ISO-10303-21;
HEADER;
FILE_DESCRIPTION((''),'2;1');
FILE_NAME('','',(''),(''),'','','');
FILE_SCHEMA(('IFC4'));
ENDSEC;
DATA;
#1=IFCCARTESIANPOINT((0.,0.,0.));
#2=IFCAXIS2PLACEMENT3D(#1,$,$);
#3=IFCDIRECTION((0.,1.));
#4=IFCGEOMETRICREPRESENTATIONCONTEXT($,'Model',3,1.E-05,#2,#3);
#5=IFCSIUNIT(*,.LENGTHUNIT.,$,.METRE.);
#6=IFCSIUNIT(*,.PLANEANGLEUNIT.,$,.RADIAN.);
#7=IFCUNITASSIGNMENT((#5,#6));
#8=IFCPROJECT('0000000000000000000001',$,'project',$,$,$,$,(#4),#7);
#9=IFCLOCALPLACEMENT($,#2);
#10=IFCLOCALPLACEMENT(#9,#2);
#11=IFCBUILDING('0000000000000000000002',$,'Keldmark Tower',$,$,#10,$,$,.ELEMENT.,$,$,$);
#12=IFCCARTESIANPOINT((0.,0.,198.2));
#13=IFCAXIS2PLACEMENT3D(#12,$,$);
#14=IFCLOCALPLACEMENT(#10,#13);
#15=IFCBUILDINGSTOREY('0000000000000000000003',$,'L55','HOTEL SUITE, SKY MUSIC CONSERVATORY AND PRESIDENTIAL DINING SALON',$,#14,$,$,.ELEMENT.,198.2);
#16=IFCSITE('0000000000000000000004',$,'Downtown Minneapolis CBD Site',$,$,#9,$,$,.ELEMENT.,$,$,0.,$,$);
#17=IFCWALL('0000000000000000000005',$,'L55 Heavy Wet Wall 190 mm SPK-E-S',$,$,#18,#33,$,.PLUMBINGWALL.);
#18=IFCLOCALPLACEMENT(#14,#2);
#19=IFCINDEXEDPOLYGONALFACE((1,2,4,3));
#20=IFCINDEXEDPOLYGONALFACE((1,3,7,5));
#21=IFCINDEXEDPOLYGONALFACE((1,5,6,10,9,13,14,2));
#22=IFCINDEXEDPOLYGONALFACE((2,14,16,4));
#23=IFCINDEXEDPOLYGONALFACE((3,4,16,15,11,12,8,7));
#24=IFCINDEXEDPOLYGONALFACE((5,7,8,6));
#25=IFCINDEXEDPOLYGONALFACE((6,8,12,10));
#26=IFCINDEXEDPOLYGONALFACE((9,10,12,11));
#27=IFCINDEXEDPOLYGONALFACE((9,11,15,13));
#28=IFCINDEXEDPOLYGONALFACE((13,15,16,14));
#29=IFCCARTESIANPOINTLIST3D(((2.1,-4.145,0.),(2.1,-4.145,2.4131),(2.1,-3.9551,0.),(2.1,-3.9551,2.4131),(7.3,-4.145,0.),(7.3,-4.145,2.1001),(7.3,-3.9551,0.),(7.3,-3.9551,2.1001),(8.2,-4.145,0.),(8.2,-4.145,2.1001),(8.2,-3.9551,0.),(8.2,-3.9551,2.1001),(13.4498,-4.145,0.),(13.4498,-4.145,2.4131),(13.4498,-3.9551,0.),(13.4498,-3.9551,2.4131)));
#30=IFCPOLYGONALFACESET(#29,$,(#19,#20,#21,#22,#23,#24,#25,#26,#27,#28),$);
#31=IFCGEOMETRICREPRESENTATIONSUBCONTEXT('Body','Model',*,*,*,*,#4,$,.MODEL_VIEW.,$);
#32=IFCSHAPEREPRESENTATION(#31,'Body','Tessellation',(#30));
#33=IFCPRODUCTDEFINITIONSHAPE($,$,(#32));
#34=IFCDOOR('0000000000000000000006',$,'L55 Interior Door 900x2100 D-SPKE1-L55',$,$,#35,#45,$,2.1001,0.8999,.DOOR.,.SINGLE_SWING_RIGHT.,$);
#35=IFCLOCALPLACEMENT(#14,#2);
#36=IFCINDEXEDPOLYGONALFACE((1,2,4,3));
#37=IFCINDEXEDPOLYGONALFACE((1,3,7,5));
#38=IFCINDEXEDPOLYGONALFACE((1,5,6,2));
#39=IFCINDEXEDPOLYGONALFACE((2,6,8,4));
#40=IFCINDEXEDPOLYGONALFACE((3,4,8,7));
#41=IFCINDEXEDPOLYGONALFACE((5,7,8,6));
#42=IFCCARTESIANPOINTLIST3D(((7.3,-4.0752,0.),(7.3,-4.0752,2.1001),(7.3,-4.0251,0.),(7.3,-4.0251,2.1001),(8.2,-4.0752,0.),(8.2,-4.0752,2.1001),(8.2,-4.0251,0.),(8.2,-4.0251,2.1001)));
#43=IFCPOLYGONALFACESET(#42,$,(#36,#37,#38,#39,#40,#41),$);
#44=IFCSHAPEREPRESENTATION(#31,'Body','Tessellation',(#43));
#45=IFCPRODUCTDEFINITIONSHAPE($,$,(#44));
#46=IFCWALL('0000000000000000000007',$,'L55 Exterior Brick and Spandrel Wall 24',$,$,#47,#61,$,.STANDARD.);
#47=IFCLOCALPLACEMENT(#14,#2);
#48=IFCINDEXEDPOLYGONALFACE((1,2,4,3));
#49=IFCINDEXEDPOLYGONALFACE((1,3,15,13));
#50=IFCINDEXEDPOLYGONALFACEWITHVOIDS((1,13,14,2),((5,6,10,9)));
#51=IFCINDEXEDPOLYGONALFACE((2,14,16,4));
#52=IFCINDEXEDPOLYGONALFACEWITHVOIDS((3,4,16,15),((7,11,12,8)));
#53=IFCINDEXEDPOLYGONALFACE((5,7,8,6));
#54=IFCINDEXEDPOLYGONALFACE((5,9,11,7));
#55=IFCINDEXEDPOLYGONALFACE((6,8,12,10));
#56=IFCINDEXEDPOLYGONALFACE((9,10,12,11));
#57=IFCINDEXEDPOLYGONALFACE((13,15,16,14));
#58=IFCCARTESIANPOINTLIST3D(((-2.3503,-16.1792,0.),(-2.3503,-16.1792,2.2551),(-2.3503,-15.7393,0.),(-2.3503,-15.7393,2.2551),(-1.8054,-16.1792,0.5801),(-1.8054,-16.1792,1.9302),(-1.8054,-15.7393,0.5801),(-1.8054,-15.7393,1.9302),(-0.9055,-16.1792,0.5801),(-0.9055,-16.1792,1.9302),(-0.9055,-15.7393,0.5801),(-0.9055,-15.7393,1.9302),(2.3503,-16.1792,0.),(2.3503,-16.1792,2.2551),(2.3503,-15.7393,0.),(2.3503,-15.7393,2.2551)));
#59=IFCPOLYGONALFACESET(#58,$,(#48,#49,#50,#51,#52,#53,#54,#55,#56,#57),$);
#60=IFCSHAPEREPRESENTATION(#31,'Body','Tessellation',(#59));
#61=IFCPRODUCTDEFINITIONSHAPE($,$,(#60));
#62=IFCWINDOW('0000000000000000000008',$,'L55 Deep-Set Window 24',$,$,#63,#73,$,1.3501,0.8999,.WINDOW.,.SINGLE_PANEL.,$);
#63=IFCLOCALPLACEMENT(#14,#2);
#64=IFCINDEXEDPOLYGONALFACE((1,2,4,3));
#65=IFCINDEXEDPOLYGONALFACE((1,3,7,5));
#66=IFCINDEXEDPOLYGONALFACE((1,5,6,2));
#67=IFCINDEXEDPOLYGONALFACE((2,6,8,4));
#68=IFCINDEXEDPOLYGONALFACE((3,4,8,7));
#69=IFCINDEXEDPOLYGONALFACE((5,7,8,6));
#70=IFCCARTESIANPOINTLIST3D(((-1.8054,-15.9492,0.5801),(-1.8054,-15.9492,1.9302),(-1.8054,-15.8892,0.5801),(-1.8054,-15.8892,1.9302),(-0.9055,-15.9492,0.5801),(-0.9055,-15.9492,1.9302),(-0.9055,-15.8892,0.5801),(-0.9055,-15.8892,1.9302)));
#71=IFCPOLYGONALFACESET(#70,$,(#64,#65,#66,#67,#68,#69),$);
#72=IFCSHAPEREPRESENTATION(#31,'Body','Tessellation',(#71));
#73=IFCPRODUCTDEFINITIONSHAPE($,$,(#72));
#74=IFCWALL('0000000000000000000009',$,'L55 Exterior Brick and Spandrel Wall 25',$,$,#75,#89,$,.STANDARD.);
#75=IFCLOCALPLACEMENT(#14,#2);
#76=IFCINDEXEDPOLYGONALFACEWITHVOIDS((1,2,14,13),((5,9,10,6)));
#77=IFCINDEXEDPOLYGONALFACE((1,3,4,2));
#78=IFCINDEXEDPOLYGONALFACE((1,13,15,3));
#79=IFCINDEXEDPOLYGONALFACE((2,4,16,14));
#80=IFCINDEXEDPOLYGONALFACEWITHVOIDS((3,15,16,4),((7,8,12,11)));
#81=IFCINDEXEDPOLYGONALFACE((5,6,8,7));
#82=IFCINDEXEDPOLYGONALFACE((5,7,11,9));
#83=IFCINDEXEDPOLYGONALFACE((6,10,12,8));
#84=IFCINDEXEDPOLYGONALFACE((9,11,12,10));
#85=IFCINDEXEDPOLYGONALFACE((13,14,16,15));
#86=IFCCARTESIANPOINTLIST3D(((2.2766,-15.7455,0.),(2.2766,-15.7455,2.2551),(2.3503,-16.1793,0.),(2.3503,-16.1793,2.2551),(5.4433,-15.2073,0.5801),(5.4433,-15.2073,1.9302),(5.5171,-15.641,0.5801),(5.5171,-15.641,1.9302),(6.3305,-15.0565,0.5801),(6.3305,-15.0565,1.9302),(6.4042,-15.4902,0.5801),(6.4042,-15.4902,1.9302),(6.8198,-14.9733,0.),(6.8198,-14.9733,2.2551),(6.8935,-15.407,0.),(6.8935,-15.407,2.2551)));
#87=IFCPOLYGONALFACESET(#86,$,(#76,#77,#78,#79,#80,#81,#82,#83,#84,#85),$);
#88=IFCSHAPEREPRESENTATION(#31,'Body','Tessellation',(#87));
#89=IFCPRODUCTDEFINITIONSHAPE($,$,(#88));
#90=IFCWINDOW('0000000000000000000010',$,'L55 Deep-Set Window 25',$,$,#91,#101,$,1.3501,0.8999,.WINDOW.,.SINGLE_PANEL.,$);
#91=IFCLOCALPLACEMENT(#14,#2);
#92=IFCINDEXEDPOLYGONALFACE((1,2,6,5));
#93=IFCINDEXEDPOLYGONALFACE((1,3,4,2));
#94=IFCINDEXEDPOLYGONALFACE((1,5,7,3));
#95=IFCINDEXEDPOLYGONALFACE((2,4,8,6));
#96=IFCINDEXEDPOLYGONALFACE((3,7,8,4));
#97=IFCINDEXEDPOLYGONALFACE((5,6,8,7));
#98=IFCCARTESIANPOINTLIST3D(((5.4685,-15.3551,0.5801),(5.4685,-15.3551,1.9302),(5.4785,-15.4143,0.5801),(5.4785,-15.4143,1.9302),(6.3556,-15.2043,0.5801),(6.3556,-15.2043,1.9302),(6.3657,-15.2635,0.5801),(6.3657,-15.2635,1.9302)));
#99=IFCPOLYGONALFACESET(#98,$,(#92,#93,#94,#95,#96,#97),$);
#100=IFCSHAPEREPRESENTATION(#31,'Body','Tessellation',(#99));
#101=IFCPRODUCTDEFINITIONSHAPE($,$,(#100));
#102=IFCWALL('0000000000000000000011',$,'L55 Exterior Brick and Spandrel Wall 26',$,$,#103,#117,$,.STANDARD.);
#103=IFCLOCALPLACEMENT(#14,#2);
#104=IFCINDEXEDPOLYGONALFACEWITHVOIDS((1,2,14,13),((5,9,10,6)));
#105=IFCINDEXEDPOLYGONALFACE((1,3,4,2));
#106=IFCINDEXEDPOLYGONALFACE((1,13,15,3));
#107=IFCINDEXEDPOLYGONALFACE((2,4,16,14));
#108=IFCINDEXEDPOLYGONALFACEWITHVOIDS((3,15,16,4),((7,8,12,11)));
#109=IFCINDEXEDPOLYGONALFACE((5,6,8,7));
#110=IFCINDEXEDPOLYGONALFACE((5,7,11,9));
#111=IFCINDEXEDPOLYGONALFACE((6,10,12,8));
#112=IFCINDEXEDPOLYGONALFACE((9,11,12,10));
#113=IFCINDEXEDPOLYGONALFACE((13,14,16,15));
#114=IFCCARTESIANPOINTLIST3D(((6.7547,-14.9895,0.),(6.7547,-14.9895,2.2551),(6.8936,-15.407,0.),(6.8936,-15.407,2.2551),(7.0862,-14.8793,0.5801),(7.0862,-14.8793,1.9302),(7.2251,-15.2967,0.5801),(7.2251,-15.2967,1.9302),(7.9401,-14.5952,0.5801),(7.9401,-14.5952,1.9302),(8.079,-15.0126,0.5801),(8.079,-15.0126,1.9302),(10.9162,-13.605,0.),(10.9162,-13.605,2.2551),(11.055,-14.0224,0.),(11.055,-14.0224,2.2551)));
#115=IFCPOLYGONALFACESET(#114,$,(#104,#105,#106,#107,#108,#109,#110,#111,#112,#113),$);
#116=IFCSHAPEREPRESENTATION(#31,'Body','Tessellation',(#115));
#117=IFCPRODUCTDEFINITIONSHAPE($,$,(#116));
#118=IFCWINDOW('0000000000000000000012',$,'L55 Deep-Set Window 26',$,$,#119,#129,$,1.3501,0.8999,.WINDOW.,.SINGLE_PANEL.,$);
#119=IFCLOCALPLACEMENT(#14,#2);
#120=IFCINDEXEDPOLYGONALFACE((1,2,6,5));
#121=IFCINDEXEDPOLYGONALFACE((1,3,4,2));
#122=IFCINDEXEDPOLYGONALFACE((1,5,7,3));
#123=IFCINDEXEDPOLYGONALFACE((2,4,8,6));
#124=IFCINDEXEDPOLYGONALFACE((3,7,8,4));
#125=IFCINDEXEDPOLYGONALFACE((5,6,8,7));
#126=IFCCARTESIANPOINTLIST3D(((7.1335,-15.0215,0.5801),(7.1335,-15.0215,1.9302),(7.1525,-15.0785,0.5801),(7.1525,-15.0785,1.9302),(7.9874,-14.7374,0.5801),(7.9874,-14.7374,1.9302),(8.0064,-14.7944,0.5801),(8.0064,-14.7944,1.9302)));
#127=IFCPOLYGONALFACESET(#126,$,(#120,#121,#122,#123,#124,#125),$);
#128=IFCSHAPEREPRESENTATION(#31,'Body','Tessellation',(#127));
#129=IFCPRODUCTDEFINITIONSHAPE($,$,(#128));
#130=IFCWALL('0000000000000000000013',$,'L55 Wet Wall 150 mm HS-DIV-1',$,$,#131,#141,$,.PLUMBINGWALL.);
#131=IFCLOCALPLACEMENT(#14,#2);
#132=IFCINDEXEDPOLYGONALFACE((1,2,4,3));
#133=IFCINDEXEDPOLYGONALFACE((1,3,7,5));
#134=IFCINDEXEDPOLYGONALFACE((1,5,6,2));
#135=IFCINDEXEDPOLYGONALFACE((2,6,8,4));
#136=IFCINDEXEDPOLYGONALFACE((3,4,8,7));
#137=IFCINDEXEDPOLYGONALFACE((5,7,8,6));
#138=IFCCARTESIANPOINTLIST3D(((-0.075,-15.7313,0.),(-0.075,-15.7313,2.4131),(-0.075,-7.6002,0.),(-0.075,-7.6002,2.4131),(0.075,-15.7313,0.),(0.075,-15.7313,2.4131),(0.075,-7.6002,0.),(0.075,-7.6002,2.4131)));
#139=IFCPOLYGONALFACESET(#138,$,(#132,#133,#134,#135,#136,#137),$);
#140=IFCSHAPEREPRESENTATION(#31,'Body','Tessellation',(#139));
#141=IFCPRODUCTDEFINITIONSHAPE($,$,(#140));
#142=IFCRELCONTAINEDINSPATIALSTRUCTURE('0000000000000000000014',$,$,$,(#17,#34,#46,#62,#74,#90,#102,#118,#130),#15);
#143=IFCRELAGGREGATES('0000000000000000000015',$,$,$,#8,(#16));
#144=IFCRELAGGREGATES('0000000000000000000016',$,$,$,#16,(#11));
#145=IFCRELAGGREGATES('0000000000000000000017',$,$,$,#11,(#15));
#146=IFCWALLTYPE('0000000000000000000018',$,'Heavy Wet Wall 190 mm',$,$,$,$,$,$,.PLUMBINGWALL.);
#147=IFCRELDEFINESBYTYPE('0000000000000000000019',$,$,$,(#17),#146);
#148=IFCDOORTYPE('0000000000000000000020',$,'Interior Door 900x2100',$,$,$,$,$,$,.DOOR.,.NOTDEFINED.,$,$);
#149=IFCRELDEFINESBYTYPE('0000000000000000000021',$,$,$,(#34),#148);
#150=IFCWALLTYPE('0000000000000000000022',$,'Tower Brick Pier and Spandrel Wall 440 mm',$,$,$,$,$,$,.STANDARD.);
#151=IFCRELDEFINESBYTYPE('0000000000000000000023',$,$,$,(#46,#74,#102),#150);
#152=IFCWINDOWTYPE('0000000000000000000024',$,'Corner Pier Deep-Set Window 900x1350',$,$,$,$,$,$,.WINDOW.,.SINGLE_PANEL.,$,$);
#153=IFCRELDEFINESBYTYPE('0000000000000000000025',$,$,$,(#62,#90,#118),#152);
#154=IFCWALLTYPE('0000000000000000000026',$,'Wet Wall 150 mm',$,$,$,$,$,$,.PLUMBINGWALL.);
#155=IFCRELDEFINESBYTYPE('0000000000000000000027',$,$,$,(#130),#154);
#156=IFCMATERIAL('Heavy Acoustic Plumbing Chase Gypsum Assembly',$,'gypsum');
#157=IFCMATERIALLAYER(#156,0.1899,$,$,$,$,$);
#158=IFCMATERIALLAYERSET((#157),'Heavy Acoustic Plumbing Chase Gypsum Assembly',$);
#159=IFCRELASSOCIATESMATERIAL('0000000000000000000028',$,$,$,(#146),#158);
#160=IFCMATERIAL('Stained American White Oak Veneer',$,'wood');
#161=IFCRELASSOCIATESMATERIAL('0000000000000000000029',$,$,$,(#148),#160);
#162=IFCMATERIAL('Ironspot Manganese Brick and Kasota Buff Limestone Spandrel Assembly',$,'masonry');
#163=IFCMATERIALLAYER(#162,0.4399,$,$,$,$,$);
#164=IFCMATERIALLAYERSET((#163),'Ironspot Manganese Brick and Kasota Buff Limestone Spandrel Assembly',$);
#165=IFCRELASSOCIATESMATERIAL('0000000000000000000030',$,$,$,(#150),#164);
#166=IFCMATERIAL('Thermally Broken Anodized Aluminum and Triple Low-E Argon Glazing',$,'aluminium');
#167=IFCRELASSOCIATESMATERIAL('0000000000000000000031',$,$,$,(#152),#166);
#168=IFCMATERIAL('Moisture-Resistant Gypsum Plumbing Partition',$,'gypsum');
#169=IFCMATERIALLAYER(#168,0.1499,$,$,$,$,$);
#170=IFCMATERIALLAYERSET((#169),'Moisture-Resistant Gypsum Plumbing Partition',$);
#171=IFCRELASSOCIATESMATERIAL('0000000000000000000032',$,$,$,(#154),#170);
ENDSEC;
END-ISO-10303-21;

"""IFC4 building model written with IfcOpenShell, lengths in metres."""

from ifc_helpers import new_model, si_unit, direction, frame, frame_2d, origin, place, context, subcontext, project, spatial, rectangle, extrude, material, layer, layer_set, type_object, element, fill, save


model = new_model("IFC4")

# Units and contexts
model_context = context("Model", 3, precision=1e-05, world=origin(), true_north=direction((0.0, 1.0)))
body_context = subcontext(model_context, "Body", "Model", "MODEL_VIEW")
ifc_project = project(units=[si_unit("LENGTHUNIT", "METRE"), si_unit("PLANEANGLEUNIT", "RADIAN")], contexts=[model_context])

# Site, building, storey
site_placement = place(None, origin())
site = spatial("IfcSite", under=ifc_project, at=site_placement, Name="Downtown Minneapolis CBD Site", CompositionType="ELEMENT", RefElevation=0.0)
building_placement = place(site_placement, origin())
building = spatial("IfcBuilding", under=site, at=building_placement, Name="Keldmark Tower", CompositionType="ELEMENT")
storey_placement = place(building_placement, frame((0.0, 0.0, 198.2)))
storey = spatial("IfcBuildingStorey", under=building, at=storey_placement, Name="L55", Description="HOTEL SUITE, SKY MUSIC CONSERVATORY AND PRESIDENTIAL DINING SALON", CompositionType="ELEMENT", Elevation=198.2)

# Wall, opening, door
ifc_material_1 = material(Name="Heavy Acoustic Plumbing Chase Gypsum Assembly", Category="gypsum")
ifc_layer_1 = layer(ifc_material_1, 0.1899)
ifc_layer_set_1 = layer_set([ifc_layer_1], Name="Heavy Acoustic Plumbing Chase Gypsum Assembly")
wall_type_1 = type_object("IfcWallType", Name="Heavy Wet Wall 190 mm", PredefinedType="PLUMBINGWALL", material=ifc_layer_set_1)
wall_1_placement = place(storey_placement, frame((2.1001, -4.05, 0.0), z_axis=(0.0, 0.0, 1.0), x_axis=(1.0, 0.0, 0.0)))
wall_1 = element("IfcWall", 1, at=wall_1_placement, inside=storey, type_object=wall_type_1, Name="L55 Heavy Wet Wall 190 mm SPK-E-S", PredefinedType="PLUMBINGWALL", context=body_context, shape_type="SweptSolid", body=[
    extrude(rectangle(XDim=11.3499, YDim=0.1899, at=frame_2d((5.6748, 0.0))), origin(), (0.0, 0.0, 1.0), 2.4131),
])
opening_1_placement = place(wall_1_placement, frame((5.2, 0.0, 0.0)))
opening_1 = element("IfcOpeningElement", 2, at=opening_1_placement, cuts=wall_1, PredefinedType="OPENING", context=body_context, shape_type="SweptSolid", body=[
    extrude(rectangle(XDim=0.8999, YDim=2.1001, at=frame_2d((0.45, 1.05))), frame((0.0, 0.105, 0.0), z_axis=(0.0, -1.0, 0.0), x_axis=(1.0, 0.0, 0.0)), (0.0, 0.0, 1.0), 0.21),
])
ifc_material_2 = material(Name="Stained American White Oak Veneer", Category="wood")
door_type_1 = type_object("IfcDoorType", Name="Interior Door 900x2100", OperationType="NOTDEFINED", PredefinedType="DOOR", material=ifc_material_2)
door_1_placement = place(opening_1_placement, origin())
door_1 = element("IfcDoor", 3, at=door_1_placement, inside=storey, type_object=door_type_1, Name="L55 Interior Door 900x2100 D-SPKE1-L55", OperationType="SINGLE_SWING_RIGHT", OverallHeight=2.1001, OverallWidth=0.8999, PredefinedType="DOOR", context=body_context, shape_type="SweptSolid", body=[
    extrude(rectangle(XDim=0.8999, YDim=2.1001, at=frame_2d((0.45, 1.05))), frame((0.0, 0.0249, 0.0), z_axis=(0.0, -1.0, 0.0), x_axis=(1.0, 0.0, 0.0)), (0.0, 0.0, 1.0), 0.05),
])
fill(opening_1, door_1)

# Walls, openings, windows
ifc_material_3 = material(Name="Ironspot Manganese Brick and Kasota Buff Limestone Spandrel Assembly", Category="masonry")
ifc_layer_2 = layer(ifc_material_3, 0.4399)
ifc_layer_set_2 = layer_set([ifc_layer_2], Name="Ironspot Manganese Brick and Kasota Buff Limestone Spandrel Assembly")
wall_type_2 = type_object("IfcWallType", Name="Tower Brick Pier and Spandrel Wall 440 mm", PredefinedType="STANDARD", material=ifc_layer_set_2)
wall_2_placement = place(storey_placement, frame((2.3503, -15.9592, 0.0), z_axis=(0.0, 0.0, 1.0), x_axis=(-1.0, 0.0, 0.0)))
wall_2 = element("IfcWall", 4, at=wall_2_placement, inside=storey, type_object=wall_type_2, Name="L55 Exterior Brick and Spandrel Wall 24", PredefinedType="STANDARD", context=body_context, shape_type="SweptSolid", body=[
    extrude(rectangle(XDim=4.7007, YDim=0.4399, at=frame_2d((2.3503, 0.0))), origin(), (0.0, 0.0, 1.0), 2.2551),
])
opening_2_placement = place(wall_2_placement, frame((3.2559, 0.0, 0.5801)))
opening_2 = element("IfcOpeningElement", 5, at=opening_2_placement, cuts=wall_2, PredefinedType="OPENING", context=body_context, shape_type="SweptSolid", body=[
    extrude(rectangle(XDim=0.8999, YDim=1.3501, at=frame_2d((0.45, 0.675))), frame((0.0, 0.23, 0.0), z_axis=(0.0, -1.0, 0.0), x_axis=(1.0, 0.0, 0.0)), (0.0, 0.0, 1.0), 0.46),
])
ifc_material_4 = material(Name="Thermally Broken Anodized Aluminum and Triple Low-E Argon Glazing", Category="aluminium")
window_type = type_object("IfcWindowType", Name="Corner Pier Deep-Set Window 900x1350", PartitioningType="SINGLE_PANEL", PredefinedType="WINDOW", material=ifc_material_4)
window_1_placement = place(opening_2_placement, origin())
window_1 = element("IfcWindow", 6, at=window_1_placement, inside=storey, type_object=window_type, Name="L55 Deep-Set Window 24", OverallHeight=1.3501, OverallWidth=0.8999, PartitioningType="SINGLE_PANEL", PredefinedType="WINDOW", context=body_context, shape_type="SweptSolid", body=[
    extrude(rectangle(XDim=0.8999, YDim=1.3501, at=frame_2d((0.45, 0.675))), frame((0.0, -0.01, 0.0), z_axis=(0.0, -1.0, 0.0), x_axis=(1.0, 0.0, 0.0)), (0.0, 0.0, 1.0), 0.0601),
])
fill(opening_2, window_1)
wall_3_placement = place(storey_placement, frame((6.8567, -15.1902, 0.0), z_axis=(0.0, 0.0, 1.0), x_axis=(-0.98586, -0.167568, 0.0)))
wall_3 = element("IfcWall", 7, at=wall_3_placement, inside=storey, type_object=wall_type_2, Name="L55 Exterior Brick and Spandrel Wall 25", PredefinedType="STANDARD", context=body_context, shape_type="SweptSolid", body=[
    extrude(rectangle(XDim=4.6084, YDim=0.4399, at=frame_2d((2.3042, 0.0))), origin(), (0.0, 0.0, 1.0), 2.2551),
])
opening_3_placement = place(wall_3_placement, frame((0.4963, 0.0, 0.5801)))
opening_3 = element("IfcOpeningElement", 8, at=opening_3_placement, cuts=wall_3, PredefinedType="OPENING", context=body_context, shape_type="SweptSolid", body=[
    extrude(rectangle(XDim=0.8999, YDim=1.3501, at=frame_2d((0.45, 0.675))), frame((0.0, 0.23, 0.0), z_axis=(0.0, -1.0, 0.0), x_axis=(1.0, 0.0, 0.0)), (0.0, 0.0, 1.0), 0.46),
])
window_2_placement = place(opening_3_placement, origin())
window_2 = element("IfcWindow", 9, at=window_2_placement, inside=storey, type_object=window_type, Name="L55 Deep-Set Window 25", OverallHeight=1.3501, OverallWidth=0.8999, PartitioningType="SINGLE_PANEL", PredefinedType="WINDOW", context=body_context, shape_type="SweptSolid", body=[
    extrude(rectangle(XDim=0.8999, YDim=1.3501, at=frame_2d((0.45, 0.675))), frame((0.0, -0.01, 0.0), z_axis=(0.0, -1.0, 0.0), x_axis=(1.0, 0.0, 0.0)), (0.0, 0.0, 1.0), 0.0601),
])
fill(opening_3, window_2)
wall_4_placement = place(storey_placement, frame((10.9856, -13.8137, 0.0), z_axis=(0.0, 0.0, 1.0), x_axis=(-0.948861, -0.315693, 0.0)))
wall_4 = element("IfcWall", 10, at=wall_4_placement, inside=storey, type_object=wall_type_2, Name="L55 Exterior Brick and Spandrel Wall 26", PredefinedType="STANDARD", context=body_context, shape_type="SweptSolid", body=[
    extrude(rectangle(XDim=4.3857, YDim=0.4399, at=frame_2d((2.1929, 0.0))), origin(), (0.0, 0.0, 1.0), 2.2551),
])
opening_4_placement = place(wall_4_placement, frame((3.1365, 0.0, 0.5801)))
opening_4 = element("IfcOpeningElement", 11, at=opening_4_placement, cuts=wall_4, PredefinedType="OPENING", context=body_context, shape_type="SweptSolid", body=[
    extrude(rectangle(XDim=0.8999, YDim=1.3501, at=frame_2d((0.45, 0.675))), frame((0.0, 0.23, 0.0), z_axis=(0.0, -1.0, 0.0), x_axis=(1.0, 0.0, 0.0)), (0.0, 0.0, 1.0), 0.46),
])
window_3_placement = place(opening_4_placement, origin())
window_3 = element("IfcWindow", 12, at=window_3_placement, inside=storey, type_object=window_type, Name="L55 Deep-Set Window 26", OverallHeight=1.3501, OverallWidth=0.8999, PartitioningType="SINGLE_PANEL", PredefinedType="WINDOW", context=body_context, shape_type="SweptSolid", body=[
    extrude(rectangle(XDim=0.8999, YDim=1.3501, at=frame_2d((0.45, 0.675))), frame((0.0, -0.01, 0.0), z_axis=(0.0, -1.0, 0.0), x_axis=(1.0, 0.0, 0.0)), (0.0, 0.0, 1.0), 0.0601),
])
fill(opening_4, window_3)

# Wall
ifc_material_5 = material(Name="Moisture-Resistant Gypsum Plumbing Partition", Category="gypsum")
ifc_layer_3 = layer(ifc_material_5, 0.1499)
ifc_layer_set_3 = layer_set([ifc_layer_3], Name="Moisture-Resistant Gypsum Plumbing Partition")
wall_type_3 = type_object("IfcWallType", Name="Wet Wall 150 mm", PredefinedType="PLUMBINGWALL", material=ifc_layer_set_3)
wall_5_placement = place(storey_placement, frame((0.0, -15.7312, 0.0), z_axis=(0.0, 0.0, 1.0), x_axis=(0.0, 1.0, 0.0)))
element("IfcWall", 13, at=wall_5_placement, inside=storey, type_object=wall_type_3, Name="L55 Wet Wall 150 mm HS-DIV-1", PredefinedType="PLUMBINGWALL", context=body_context, shape_type="SweptSolid", body=[
    extrude(rectangle(XDim=8.1311, YDim=0.1499, at=frame_2d((4.0654, 0.0))), origin(), (0.0, 0.0, 1.0), 2.4131),
])

save(model, "model.ifc")
